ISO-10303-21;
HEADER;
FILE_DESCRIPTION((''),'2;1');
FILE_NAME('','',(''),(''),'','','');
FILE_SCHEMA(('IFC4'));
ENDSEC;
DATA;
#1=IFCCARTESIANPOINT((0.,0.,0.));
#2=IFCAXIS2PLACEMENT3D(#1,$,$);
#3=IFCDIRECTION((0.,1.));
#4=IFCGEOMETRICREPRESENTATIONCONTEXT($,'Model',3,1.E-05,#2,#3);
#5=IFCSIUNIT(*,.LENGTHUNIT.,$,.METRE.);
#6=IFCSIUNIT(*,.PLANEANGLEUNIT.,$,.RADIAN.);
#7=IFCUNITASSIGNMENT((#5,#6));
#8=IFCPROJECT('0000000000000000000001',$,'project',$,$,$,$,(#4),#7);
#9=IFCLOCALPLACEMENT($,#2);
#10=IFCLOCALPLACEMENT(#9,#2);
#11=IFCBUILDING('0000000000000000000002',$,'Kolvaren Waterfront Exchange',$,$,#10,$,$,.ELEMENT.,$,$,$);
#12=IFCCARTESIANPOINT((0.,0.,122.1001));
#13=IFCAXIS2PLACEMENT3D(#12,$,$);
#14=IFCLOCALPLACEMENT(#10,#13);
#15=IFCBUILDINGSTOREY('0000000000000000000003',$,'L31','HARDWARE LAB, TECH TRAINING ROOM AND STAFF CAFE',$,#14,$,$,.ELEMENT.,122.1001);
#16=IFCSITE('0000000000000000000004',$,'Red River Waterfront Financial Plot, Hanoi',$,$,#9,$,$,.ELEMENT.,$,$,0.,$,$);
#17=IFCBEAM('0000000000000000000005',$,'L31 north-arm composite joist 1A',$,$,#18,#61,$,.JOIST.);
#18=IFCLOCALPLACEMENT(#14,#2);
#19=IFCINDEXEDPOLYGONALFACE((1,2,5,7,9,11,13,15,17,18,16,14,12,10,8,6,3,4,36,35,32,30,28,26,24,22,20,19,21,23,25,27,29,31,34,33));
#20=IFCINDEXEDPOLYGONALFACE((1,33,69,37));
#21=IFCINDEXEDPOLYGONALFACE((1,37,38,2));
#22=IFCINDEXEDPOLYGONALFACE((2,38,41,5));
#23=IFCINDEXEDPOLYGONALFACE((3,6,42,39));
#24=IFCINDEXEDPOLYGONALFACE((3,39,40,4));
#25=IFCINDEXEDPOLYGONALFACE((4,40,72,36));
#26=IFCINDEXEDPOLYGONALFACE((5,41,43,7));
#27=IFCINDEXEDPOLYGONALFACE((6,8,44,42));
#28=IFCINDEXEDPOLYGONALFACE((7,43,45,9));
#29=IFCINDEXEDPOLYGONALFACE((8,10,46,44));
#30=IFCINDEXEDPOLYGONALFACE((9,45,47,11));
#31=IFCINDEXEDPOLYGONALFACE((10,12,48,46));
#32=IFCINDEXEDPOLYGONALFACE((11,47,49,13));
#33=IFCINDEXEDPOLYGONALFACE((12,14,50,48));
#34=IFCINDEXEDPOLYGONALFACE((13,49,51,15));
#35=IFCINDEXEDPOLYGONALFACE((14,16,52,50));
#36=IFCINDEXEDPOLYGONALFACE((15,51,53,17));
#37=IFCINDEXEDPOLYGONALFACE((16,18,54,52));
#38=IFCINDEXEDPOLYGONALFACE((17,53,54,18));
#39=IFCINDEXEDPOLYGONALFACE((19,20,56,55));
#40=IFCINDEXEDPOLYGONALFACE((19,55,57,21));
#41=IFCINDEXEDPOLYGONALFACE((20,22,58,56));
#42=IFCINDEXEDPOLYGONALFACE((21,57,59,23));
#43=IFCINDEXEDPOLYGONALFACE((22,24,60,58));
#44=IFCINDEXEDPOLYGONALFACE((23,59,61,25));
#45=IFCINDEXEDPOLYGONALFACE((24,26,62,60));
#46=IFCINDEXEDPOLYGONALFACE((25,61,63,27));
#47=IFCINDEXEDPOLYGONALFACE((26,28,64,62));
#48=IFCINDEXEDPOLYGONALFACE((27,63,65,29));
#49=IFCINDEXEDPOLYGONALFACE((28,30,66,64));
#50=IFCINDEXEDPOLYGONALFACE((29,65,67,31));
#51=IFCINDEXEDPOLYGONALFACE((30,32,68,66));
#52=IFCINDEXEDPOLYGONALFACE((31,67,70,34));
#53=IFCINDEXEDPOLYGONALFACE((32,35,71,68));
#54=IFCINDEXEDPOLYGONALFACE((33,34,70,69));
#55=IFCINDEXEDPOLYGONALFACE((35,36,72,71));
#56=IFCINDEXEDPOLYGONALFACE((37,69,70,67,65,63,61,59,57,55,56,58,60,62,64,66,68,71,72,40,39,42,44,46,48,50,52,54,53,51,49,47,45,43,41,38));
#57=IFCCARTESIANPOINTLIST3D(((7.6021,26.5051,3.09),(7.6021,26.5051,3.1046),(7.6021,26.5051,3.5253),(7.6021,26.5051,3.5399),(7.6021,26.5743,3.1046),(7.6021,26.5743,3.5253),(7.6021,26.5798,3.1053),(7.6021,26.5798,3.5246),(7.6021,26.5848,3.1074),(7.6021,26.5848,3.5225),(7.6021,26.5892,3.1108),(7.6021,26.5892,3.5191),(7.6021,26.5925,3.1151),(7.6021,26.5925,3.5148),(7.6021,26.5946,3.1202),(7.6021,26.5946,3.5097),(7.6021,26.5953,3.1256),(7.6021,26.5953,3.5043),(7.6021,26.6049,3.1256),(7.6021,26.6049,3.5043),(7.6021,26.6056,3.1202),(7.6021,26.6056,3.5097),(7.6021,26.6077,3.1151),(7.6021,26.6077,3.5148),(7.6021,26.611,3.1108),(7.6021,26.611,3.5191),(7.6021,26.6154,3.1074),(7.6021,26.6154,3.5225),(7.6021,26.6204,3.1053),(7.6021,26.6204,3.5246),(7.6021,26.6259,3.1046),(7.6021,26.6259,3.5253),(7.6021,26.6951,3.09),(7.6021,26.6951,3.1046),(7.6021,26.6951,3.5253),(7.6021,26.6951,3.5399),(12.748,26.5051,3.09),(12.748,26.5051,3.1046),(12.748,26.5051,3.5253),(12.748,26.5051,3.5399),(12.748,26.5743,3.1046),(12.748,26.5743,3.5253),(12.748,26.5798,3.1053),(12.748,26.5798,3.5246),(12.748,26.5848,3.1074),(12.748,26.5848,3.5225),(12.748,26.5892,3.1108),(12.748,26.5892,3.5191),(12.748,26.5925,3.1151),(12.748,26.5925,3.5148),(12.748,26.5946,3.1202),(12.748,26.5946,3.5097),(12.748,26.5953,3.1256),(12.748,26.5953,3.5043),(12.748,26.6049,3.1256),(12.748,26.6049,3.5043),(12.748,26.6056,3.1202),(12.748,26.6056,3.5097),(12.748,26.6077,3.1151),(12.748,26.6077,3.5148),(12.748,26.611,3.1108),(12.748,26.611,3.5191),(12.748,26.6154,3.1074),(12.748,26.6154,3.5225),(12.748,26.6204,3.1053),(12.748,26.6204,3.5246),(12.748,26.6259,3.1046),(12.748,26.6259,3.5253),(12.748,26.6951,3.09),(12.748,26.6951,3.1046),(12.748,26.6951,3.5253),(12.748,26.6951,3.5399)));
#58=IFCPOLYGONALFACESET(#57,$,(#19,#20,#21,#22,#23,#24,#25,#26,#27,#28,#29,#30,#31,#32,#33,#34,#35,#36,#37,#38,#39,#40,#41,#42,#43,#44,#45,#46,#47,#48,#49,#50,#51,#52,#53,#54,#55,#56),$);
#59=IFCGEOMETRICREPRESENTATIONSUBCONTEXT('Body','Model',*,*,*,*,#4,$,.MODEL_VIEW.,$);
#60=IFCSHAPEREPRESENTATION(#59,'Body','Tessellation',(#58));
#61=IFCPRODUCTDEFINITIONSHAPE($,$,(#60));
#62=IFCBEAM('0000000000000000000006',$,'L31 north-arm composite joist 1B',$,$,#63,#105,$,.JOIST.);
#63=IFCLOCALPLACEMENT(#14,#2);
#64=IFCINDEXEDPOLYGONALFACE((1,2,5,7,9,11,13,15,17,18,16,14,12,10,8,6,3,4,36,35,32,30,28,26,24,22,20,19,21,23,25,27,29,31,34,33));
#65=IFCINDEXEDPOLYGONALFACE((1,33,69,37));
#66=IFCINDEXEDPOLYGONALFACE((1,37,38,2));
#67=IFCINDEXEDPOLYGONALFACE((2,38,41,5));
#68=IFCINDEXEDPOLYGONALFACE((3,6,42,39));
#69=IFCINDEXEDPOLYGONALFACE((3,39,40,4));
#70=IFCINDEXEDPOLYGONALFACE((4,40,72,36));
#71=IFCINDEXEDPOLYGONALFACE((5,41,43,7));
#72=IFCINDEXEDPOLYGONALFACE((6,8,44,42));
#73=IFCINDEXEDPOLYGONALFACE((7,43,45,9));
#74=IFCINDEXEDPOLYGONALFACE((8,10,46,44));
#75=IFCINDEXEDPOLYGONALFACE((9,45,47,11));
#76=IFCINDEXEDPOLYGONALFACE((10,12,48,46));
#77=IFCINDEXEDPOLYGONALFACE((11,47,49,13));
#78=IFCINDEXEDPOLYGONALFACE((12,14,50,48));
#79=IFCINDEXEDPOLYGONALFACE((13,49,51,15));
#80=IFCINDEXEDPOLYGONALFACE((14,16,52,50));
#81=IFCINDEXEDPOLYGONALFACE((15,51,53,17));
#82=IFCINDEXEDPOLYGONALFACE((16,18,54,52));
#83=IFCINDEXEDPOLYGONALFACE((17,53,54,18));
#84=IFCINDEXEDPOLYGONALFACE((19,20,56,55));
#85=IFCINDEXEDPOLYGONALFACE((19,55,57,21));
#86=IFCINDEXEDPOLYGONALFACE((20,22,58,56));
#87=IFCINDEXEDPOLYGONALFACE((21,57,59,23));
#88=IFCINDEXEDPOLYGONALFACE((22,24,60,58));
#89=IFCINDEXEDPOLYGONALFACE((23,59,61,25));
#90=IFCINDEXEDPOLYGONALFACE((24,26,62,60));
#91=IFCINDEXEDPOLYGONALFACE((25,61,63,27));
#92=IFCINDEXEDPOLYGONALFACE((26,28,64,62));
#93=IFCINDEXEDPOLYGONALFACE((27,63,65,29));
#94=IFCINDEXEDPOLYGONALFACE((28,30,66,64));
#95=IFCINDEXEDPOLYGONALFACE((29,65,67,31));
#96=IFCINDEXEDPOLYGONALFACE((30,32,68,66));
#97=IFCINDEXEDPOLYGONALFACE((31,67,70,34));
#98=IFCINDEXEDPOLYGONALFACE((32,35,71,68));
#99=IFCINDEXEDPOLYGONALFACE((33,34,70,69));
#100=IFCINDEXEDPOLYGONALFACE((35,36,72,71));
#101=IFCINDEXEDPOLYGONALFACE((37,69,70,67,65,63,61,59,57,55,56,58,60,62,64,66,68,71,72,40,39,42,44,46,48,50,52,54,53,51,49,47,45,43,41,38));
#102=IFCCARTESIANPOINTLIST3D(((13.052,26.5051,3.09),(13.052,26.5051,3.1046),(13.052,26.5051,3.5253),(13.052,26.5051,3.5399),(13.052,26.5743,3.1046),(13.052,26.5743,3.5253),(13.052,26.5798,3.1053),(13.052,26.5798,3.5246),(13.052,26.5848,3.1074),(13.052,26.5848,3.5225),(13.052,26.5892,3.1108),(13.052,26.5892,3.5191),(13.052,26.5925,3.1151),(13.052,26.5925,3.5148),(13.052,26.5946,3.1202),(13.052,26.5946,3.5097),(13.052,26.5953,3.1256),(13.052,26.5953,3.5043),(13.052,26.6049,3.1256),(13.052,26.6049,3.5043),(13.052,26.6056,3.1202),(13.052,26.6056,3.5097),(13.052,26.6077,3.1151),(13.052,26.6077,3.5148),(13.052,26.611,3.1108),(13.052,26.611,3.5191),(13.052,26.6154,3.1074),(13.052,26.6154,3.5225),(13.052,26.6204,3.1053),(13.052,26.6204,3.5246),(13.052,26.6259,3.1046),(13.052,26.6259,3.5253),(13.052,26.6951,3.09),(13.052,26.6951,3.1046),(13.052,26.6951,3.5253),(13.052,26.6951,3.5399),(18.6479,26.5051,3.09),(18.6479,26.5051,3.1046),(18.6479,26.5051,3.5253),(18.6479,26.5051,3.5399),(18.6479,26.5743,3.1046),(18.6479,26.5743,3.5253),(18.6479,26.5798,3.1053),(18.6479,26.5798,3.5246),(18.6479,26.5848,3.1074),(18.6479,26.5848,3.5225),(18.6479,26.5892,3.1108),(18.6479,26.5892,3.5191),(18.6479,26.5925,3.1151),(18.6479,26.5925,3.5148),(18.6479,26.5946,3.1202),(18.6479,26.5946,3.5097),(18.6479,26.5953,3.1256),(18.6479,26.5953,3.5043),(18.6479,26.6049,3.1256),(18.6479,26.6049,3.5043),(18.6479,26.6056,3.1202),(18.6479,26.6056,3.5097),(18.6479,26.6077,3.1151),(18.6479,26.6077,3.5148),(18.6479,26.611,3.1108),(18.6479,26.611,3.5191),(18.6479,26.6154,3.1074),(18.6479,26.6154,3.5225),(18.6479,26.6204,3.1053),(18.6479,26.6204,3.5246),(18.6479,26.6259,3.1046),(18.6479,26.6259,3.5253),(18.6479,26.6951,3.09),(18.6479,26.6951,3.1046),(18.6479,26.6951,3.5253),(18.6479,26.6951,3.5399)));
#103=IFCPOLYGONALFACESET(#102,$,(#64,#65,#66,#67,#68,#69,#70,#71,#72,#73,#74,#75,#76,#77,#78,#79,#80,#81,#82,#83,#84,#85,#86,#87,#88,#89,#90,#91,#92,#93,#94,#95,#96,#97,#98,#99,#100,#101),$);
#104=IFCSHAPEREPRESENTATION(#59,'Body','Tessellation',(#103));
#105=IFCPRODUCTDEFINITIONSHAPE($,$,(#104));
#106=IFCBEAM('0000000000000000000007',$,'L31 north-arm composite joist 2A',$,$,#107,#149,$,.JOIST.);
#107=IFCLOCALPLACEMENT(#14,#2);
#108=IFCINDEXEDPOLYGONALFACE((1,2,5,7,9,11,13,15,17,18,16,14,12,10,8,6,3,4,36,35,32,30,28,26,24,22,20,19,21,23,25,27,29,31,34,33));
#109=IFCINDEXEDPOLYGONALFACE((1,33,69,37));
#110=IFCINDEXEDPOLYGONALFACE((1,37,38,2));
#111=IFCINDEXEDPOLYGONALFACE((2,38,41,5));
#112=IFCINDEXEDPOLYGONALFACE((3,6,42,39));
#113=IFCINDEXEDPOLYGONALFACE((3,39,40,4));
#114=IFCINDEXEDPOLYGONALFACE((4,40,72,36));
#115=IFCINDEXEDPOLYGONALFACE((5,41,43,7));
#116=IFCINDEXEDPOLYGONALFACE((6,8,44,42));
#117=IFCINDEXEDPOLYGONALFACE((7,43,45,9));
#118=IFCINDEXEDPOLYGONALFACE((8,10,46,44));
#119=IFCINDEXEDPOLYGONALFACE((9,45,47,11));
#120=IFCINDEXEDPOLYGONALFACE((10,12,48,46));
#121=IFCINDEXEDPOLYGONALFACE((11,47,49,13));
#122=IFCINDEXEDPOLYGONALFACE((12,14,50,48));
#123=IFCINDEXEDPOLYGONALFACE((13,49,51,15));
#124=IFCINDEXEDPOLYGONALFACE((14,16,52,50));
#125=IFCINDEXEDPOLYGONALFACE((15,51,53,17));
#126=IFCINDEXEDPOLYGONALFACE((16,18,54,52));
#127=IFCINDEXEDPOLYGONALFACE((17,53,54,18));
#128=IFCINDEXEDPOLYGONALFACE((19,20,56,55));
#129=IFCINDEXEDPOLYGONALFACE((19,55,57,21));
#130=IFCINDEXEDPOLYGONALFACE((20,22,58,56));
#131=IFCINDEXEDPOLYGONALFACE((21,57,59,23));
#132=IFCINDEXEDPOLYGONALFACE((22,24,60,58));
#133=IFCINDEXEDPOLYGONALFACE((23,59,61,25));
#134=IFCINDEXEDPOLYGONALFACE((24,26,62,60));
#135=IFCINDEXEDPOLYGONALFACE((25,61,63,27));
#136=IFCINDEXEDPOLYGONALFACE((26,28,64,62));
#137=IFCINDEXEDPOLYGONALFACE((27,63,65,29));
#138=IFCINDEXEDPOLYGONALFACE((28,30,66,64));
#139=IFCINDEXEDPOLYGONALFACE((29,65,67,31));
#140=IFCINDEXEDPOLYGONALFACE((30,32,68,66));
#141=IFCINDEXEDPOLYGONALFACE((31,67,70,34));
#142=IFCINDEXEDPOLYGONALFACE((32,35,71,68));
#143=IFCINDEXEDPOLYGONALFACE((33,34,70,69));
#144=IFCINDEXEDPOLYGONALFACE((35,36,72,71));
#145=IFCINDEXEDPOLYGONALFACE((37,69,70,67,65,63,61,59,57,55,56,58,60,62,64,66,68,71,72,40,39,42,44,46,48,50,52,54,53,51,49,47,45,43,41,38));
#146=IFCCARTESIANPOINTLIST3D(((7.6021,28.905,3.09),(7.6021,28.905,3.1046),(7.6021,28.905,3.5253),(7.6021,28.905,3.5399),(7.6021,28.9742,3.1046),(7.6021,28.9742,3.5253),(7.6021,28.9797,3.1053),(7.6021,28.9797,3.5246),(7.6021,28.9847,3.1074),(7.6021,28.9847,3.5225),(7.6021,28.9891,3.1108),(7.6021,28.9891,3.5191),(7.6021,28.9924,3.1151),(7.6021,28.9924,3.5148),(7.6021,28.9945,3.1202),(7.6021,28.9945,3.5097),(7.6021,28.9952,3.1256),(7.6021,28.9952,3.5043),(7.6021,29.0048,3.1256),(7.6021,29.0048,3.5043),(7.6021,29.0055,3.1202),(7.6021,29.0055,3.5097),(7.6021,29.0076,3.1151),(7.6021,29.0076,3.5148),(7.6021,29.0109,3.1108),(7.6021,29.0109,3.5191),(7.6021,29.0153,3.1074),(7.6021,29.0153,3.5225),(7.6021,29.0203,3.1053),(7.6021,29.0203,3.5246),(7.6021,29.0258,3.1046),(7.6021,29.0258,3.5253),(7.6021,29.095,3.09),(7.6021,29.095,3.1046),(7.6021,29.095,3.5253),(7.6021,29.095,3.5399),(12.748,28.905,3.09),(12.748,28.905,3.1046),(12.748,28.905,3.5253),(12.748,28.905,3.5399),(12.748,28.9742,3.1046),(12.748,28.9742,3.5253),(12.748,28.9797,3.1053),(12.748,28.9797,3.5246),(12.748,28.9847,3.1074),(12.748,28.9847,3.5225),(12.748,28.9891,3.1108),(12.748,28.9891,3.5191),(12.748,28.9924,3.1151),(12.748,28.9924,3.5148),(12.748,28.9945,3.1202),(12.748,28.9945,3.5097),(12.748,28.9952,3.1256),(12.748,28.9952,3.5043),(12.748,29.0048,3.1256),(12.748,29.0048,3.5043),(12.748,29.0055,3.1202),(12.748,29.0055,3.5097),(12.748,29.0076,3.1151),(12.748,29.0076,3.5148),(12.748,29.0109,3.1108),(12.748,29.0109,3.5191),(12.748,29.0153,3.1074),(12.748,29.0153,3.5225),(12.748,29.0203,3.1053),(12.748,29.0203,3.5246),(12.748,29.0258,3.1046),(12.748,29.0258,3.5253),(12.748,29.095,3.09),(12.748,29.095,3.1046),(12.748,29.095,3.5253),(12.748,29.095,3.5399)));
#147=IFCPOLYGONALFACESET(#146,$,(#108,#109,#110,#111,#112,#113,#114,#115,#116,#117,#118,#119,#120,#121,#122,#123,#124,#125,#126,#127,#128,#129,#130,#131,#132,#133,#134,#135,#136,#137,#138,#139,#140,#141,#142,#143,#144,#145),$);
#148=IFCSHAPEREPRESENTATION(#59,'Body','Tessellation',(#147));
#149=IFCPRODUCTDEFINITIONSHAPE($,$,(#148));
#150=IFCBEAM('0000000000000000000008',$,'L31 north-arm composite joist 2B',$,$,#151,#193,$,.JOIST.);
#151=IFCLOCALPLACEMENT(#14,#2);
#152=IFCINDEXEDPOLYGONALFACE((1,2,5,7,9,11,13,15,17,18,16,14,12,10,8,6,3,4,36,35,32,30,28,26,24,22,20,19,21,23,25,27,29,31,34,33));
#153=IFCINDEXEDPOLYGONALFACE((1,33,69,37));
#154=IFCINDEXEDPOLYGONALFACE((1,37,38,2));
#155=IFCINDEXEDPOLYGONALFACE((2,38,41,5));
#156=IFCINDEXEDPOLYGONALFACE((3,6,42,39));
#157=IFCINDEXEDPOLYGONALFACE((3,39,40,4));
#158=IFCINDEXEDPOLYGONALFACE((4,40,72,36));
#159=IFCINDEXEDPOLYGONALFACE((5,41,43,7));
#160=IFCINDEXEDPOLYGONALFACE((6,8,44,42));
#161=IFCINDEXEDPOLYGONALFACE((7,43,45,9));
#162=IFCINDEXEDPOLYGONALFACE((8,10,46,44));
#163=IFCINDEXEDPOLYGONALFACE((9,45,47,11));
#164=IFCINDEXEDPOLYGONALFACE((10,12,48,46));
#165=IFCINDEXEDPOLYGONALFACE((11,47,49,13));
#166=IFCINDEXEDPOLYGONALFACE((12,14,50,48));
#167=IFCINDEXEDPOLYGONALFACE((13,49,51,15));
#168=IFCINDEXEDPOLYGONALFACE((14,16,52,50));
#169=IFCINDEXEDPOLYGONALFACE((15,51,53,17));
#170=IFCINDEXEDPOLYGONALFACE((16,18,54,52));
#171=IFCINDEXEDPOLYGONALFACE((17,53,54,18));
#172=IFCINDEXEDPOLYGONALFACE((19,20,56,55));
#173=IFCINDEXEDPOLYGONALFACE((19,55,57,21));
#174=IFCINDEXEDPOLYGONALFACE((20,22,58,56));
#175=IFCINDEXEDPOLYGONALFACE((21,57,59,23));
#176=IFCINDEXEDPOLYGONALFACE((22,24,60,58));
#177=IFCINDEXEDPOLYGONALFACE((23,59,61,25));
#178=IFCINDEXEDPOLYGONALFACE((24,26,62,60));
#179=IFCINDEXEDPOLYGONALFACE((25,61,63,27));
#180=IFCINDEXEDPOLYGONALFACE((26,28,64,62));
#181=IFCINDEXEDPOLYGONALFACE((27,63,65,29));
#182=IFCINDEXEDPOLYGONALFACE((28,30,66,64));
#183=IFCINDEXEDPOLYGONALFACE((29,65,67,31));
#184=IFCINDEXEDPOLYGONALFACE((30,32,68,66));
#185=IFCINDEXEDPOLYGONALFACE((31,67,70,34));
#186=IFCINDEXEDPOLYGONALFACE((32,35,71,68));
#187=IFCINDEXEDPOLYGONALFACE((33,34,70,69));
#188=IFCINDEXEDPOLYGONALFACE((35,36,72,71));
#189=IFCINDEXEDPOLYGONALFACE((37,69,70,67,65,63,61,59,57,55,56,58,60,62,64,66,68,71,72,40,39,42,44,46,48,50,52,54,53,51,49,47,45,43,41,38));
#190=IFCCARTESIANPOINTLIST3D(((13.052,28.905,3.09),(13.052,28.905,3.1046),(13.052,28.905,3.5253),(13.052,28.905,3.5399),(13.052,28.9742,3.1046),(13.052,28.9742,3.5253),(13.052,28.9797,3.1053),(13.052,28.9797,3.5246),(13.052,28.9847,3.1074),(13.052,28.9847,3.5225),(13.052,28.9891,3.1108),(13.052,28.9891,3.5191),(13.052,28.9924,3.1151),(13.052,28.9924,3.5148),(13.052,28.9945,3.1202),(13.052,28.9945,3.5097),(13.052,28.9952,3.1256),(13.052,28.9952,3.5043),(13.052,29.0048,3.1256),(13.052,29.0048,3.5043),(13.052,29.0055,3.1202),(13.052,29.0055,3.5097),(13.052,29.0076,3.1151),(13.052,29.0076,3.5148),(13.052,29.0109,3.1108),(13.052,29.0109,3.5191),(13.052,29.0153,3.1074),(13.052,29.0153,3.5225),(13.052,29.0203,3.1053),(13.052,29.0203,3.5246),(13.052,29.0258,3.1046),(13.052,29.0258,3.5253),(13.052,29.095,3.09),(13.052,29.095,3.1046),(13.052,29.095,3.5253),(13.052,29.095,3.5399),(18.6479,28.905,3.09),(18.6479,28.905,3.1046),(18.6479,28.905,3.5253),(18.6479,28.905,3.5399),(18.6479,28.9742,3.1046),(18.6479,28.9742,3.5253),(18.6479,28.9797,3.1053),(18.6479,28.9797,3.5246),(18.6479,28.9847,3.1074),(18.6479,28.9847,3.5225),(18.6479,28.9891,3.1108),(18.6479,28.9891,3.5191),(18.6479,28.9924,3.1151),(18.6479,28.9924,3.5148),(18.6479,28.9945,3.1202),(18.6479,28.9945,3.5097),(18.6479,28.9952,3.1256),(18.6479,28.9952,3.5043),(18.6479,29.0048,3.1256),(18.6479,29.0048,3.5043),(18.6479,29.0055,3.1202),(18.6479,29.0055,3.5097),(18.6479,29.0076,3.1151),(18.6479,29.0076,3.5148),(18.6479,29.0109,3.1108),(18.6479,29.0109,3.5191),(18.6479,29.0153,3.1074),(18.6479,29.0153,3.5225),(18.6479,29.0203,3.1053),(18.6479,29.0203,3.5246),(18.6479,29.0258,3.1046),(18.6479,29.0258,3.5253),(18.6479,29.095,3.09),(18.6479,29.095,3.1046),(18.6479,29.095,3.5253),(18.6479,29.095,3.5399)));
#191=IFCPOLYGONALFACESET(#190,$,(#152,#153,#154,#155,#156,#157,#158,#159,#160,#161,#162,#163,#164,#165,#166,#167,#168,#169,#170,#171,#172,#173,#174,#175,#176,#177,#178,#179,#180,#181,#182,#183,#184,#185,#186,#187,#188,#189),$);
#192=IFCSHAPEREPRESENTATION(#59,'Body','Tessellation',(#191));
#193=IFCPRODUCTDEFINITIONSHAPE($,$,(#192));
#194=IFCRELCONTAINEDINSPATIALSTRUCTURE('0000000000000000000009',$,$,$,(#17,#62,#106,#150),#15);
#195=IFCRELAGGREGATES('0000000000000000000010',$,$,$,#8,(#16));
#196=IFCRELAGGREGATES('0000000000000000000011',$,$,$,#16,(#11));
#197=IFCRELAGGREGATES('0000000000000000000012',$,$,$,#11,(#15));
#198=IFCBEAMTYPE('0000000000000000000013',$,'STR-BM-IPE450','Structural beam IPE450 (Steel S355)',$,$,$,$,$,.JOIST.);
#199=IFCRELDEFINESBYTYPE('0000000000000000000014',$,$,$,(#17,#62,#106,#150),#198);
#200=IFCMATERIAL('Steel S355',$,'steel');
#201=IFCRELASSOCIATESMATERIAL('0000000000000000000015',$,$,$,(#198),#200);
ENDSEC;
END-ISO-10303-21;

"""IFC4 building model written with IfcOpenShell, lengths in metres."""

from ifc_helpers import new_model, si_unit, direction, frame, origin, origin_2d, place, context, subcontext, project, spatial, i_section, extrude, material, material_profile, profile_set, type_object, element, save


model = new_model("IFC4")

# Units and contexts
model_context = context("Model", 3, precision=1e-05, world=origin(), true_north=direction((0.0, 1.0)))
body_context = subcontext(model_context, "Body", "Model", "MODEL_VIEW")
ifc_project = project(units=[si_unit("LENGTHUNIT", "METRE"), si_unit("PLANEANGLEUNIT", "RADIAN")], contexts=[model_context])

# Site, building, storey
site_placement = place(None, origin())
site = spatial("IfcSite", under=ifc_project, at=site_placement, Name="Red River Waterfront Financial Plot, Hanoi", CompositionType="ELEMENT", RefElevation=0.0)
building_placement = place(site_placement, origin())
building = spatial("IfcBuilding", under=site, at=building_placement, Name="Kolvaren Waterfront Exchange", CompositionType="ELEMENT")
storey_placement = place(building_placement, frame((0.0, 0.0, 122.1001)))
storey = spatial("IfcBuildingStorey", under=building, at=storey_placement, Name="L31", Description="HARDWARE LAB, TECH TRAINING ROOM AND STAFF CAFE", CompositionType="ELEMENT", Elevation=122.1001)

# Beams
ifc_material_1 = material(Name="Steel S355", Category="steel")
ifc_material_profile_1 = material_profile(ifc_material_1, i_section(OverallWidth=0.1899, OverallDepth=0.45, WebThickness=0.0095, FlangeThickness=0.0146, FilletRadius=0.021, at=origin_2d()), Name="IPE450")
ifc_profile_set_1 = profile_set([ifc_material_profile_1], Name="Steel S355")
beam_type_1 = type_object("IfcBeamType", Name="STR-BM-IPE450", Description="Structural beam IPE450 (Steel S355)", PredefinedType="JOIST", material=ifc_profile_set_1)
beam_1_placement = place(storey_placement, frame((7.6021, 26.6001, 3.3149), z_axis=(1.0, 0.0, 0.0), x_axis=(0.0, 1.0, 0.0)))
element("IfcBeam", 1, at=beam_1_placement, inside=storey, type_object=beam_type_1, Name="L31 north-arm composite joist 1A", PredefinedType="JOIST", context=body_context, shape_type="SweptSolid", body=[
    extrude(i_section(OverallWidth=0.1899, OverallDepth=0.45, WebThickness=0.0095, FlangeThickness=0.0146, FilletRadius=0.021, at=origin_2d()), origin(), (0.0, 0.0, 1.0), 5.146),
])
beam_2_placement = place(storey_placement, frame((13.052, 26.6001, 3.3149), z_axis=(1.0, 0.0, 0.0), x_axis=(0.0, 1.0, 0.0)))
element("IfcBeam", 2, at=beam_2_placement, inside=storey, type_object=beam_type_1, Name="L31 north-arm composite joist 1B", PredefinedType="JOIST", context=body_context, shape_type="SweptSolid", body=[
    extrude(i_section(OverallWidth=0.1899, OverallDepth=0.45, WebThickness=0.0095, FlangeThickness=0.0146, FilletRadius=0.021, at=origin_2d()), origin(), (0.0, 0.0, 1.0), 5.5959),
])
beam_3_placement = place(storey_placement, frame((7.6021, 29.0, 3.3149), z_axis=(1.0, 0.0, 0.0), x_axis=(0.0, 1.0, 0.0)))
element("IfcBeam", 3, at=beam_3_placement, inside=storey, type_object=beam_type_1, Name="L31 north-arm composite joist 2A", PredefinedType="JOIST", context=body_context, shape_type="SweptSolid", body=[
    extrude(i_section(OverallWidth=0.1899, OverallDepth=0.45, WebThickness=0.0095, FlangeThickness=0.0146, FilletRadius=0.021, at=origin_2d()), origin(), (0.0, 0.0, 1.0), 5.146),
])
beam_4_placement = place(storey_placement, frame((13.052, 29.0, 3.3149), z_axis=(1.0, 0.0, 0.0), x_axis=(0.0, 1.0, 0.0)))
element("IfcBeam", 4, at=beam_4_placement, inside=storey, type_object=beam_type_1, Name="L31 north-arm composite joist 2B", PredefinedType="JOIST", context=body_context, shape_type="SweptSolid", body=[
    extrude(i_section(OverallWidth=0.1899, OverallDepth=0.45, WebThickness=0.0095, FlangeThickness=0.0146, FilletRadius=0.021, at=origin_2d()), origin(), (0.0, 0.0, 1.0), 5.5959),
])

save(model, "model.ifc")
